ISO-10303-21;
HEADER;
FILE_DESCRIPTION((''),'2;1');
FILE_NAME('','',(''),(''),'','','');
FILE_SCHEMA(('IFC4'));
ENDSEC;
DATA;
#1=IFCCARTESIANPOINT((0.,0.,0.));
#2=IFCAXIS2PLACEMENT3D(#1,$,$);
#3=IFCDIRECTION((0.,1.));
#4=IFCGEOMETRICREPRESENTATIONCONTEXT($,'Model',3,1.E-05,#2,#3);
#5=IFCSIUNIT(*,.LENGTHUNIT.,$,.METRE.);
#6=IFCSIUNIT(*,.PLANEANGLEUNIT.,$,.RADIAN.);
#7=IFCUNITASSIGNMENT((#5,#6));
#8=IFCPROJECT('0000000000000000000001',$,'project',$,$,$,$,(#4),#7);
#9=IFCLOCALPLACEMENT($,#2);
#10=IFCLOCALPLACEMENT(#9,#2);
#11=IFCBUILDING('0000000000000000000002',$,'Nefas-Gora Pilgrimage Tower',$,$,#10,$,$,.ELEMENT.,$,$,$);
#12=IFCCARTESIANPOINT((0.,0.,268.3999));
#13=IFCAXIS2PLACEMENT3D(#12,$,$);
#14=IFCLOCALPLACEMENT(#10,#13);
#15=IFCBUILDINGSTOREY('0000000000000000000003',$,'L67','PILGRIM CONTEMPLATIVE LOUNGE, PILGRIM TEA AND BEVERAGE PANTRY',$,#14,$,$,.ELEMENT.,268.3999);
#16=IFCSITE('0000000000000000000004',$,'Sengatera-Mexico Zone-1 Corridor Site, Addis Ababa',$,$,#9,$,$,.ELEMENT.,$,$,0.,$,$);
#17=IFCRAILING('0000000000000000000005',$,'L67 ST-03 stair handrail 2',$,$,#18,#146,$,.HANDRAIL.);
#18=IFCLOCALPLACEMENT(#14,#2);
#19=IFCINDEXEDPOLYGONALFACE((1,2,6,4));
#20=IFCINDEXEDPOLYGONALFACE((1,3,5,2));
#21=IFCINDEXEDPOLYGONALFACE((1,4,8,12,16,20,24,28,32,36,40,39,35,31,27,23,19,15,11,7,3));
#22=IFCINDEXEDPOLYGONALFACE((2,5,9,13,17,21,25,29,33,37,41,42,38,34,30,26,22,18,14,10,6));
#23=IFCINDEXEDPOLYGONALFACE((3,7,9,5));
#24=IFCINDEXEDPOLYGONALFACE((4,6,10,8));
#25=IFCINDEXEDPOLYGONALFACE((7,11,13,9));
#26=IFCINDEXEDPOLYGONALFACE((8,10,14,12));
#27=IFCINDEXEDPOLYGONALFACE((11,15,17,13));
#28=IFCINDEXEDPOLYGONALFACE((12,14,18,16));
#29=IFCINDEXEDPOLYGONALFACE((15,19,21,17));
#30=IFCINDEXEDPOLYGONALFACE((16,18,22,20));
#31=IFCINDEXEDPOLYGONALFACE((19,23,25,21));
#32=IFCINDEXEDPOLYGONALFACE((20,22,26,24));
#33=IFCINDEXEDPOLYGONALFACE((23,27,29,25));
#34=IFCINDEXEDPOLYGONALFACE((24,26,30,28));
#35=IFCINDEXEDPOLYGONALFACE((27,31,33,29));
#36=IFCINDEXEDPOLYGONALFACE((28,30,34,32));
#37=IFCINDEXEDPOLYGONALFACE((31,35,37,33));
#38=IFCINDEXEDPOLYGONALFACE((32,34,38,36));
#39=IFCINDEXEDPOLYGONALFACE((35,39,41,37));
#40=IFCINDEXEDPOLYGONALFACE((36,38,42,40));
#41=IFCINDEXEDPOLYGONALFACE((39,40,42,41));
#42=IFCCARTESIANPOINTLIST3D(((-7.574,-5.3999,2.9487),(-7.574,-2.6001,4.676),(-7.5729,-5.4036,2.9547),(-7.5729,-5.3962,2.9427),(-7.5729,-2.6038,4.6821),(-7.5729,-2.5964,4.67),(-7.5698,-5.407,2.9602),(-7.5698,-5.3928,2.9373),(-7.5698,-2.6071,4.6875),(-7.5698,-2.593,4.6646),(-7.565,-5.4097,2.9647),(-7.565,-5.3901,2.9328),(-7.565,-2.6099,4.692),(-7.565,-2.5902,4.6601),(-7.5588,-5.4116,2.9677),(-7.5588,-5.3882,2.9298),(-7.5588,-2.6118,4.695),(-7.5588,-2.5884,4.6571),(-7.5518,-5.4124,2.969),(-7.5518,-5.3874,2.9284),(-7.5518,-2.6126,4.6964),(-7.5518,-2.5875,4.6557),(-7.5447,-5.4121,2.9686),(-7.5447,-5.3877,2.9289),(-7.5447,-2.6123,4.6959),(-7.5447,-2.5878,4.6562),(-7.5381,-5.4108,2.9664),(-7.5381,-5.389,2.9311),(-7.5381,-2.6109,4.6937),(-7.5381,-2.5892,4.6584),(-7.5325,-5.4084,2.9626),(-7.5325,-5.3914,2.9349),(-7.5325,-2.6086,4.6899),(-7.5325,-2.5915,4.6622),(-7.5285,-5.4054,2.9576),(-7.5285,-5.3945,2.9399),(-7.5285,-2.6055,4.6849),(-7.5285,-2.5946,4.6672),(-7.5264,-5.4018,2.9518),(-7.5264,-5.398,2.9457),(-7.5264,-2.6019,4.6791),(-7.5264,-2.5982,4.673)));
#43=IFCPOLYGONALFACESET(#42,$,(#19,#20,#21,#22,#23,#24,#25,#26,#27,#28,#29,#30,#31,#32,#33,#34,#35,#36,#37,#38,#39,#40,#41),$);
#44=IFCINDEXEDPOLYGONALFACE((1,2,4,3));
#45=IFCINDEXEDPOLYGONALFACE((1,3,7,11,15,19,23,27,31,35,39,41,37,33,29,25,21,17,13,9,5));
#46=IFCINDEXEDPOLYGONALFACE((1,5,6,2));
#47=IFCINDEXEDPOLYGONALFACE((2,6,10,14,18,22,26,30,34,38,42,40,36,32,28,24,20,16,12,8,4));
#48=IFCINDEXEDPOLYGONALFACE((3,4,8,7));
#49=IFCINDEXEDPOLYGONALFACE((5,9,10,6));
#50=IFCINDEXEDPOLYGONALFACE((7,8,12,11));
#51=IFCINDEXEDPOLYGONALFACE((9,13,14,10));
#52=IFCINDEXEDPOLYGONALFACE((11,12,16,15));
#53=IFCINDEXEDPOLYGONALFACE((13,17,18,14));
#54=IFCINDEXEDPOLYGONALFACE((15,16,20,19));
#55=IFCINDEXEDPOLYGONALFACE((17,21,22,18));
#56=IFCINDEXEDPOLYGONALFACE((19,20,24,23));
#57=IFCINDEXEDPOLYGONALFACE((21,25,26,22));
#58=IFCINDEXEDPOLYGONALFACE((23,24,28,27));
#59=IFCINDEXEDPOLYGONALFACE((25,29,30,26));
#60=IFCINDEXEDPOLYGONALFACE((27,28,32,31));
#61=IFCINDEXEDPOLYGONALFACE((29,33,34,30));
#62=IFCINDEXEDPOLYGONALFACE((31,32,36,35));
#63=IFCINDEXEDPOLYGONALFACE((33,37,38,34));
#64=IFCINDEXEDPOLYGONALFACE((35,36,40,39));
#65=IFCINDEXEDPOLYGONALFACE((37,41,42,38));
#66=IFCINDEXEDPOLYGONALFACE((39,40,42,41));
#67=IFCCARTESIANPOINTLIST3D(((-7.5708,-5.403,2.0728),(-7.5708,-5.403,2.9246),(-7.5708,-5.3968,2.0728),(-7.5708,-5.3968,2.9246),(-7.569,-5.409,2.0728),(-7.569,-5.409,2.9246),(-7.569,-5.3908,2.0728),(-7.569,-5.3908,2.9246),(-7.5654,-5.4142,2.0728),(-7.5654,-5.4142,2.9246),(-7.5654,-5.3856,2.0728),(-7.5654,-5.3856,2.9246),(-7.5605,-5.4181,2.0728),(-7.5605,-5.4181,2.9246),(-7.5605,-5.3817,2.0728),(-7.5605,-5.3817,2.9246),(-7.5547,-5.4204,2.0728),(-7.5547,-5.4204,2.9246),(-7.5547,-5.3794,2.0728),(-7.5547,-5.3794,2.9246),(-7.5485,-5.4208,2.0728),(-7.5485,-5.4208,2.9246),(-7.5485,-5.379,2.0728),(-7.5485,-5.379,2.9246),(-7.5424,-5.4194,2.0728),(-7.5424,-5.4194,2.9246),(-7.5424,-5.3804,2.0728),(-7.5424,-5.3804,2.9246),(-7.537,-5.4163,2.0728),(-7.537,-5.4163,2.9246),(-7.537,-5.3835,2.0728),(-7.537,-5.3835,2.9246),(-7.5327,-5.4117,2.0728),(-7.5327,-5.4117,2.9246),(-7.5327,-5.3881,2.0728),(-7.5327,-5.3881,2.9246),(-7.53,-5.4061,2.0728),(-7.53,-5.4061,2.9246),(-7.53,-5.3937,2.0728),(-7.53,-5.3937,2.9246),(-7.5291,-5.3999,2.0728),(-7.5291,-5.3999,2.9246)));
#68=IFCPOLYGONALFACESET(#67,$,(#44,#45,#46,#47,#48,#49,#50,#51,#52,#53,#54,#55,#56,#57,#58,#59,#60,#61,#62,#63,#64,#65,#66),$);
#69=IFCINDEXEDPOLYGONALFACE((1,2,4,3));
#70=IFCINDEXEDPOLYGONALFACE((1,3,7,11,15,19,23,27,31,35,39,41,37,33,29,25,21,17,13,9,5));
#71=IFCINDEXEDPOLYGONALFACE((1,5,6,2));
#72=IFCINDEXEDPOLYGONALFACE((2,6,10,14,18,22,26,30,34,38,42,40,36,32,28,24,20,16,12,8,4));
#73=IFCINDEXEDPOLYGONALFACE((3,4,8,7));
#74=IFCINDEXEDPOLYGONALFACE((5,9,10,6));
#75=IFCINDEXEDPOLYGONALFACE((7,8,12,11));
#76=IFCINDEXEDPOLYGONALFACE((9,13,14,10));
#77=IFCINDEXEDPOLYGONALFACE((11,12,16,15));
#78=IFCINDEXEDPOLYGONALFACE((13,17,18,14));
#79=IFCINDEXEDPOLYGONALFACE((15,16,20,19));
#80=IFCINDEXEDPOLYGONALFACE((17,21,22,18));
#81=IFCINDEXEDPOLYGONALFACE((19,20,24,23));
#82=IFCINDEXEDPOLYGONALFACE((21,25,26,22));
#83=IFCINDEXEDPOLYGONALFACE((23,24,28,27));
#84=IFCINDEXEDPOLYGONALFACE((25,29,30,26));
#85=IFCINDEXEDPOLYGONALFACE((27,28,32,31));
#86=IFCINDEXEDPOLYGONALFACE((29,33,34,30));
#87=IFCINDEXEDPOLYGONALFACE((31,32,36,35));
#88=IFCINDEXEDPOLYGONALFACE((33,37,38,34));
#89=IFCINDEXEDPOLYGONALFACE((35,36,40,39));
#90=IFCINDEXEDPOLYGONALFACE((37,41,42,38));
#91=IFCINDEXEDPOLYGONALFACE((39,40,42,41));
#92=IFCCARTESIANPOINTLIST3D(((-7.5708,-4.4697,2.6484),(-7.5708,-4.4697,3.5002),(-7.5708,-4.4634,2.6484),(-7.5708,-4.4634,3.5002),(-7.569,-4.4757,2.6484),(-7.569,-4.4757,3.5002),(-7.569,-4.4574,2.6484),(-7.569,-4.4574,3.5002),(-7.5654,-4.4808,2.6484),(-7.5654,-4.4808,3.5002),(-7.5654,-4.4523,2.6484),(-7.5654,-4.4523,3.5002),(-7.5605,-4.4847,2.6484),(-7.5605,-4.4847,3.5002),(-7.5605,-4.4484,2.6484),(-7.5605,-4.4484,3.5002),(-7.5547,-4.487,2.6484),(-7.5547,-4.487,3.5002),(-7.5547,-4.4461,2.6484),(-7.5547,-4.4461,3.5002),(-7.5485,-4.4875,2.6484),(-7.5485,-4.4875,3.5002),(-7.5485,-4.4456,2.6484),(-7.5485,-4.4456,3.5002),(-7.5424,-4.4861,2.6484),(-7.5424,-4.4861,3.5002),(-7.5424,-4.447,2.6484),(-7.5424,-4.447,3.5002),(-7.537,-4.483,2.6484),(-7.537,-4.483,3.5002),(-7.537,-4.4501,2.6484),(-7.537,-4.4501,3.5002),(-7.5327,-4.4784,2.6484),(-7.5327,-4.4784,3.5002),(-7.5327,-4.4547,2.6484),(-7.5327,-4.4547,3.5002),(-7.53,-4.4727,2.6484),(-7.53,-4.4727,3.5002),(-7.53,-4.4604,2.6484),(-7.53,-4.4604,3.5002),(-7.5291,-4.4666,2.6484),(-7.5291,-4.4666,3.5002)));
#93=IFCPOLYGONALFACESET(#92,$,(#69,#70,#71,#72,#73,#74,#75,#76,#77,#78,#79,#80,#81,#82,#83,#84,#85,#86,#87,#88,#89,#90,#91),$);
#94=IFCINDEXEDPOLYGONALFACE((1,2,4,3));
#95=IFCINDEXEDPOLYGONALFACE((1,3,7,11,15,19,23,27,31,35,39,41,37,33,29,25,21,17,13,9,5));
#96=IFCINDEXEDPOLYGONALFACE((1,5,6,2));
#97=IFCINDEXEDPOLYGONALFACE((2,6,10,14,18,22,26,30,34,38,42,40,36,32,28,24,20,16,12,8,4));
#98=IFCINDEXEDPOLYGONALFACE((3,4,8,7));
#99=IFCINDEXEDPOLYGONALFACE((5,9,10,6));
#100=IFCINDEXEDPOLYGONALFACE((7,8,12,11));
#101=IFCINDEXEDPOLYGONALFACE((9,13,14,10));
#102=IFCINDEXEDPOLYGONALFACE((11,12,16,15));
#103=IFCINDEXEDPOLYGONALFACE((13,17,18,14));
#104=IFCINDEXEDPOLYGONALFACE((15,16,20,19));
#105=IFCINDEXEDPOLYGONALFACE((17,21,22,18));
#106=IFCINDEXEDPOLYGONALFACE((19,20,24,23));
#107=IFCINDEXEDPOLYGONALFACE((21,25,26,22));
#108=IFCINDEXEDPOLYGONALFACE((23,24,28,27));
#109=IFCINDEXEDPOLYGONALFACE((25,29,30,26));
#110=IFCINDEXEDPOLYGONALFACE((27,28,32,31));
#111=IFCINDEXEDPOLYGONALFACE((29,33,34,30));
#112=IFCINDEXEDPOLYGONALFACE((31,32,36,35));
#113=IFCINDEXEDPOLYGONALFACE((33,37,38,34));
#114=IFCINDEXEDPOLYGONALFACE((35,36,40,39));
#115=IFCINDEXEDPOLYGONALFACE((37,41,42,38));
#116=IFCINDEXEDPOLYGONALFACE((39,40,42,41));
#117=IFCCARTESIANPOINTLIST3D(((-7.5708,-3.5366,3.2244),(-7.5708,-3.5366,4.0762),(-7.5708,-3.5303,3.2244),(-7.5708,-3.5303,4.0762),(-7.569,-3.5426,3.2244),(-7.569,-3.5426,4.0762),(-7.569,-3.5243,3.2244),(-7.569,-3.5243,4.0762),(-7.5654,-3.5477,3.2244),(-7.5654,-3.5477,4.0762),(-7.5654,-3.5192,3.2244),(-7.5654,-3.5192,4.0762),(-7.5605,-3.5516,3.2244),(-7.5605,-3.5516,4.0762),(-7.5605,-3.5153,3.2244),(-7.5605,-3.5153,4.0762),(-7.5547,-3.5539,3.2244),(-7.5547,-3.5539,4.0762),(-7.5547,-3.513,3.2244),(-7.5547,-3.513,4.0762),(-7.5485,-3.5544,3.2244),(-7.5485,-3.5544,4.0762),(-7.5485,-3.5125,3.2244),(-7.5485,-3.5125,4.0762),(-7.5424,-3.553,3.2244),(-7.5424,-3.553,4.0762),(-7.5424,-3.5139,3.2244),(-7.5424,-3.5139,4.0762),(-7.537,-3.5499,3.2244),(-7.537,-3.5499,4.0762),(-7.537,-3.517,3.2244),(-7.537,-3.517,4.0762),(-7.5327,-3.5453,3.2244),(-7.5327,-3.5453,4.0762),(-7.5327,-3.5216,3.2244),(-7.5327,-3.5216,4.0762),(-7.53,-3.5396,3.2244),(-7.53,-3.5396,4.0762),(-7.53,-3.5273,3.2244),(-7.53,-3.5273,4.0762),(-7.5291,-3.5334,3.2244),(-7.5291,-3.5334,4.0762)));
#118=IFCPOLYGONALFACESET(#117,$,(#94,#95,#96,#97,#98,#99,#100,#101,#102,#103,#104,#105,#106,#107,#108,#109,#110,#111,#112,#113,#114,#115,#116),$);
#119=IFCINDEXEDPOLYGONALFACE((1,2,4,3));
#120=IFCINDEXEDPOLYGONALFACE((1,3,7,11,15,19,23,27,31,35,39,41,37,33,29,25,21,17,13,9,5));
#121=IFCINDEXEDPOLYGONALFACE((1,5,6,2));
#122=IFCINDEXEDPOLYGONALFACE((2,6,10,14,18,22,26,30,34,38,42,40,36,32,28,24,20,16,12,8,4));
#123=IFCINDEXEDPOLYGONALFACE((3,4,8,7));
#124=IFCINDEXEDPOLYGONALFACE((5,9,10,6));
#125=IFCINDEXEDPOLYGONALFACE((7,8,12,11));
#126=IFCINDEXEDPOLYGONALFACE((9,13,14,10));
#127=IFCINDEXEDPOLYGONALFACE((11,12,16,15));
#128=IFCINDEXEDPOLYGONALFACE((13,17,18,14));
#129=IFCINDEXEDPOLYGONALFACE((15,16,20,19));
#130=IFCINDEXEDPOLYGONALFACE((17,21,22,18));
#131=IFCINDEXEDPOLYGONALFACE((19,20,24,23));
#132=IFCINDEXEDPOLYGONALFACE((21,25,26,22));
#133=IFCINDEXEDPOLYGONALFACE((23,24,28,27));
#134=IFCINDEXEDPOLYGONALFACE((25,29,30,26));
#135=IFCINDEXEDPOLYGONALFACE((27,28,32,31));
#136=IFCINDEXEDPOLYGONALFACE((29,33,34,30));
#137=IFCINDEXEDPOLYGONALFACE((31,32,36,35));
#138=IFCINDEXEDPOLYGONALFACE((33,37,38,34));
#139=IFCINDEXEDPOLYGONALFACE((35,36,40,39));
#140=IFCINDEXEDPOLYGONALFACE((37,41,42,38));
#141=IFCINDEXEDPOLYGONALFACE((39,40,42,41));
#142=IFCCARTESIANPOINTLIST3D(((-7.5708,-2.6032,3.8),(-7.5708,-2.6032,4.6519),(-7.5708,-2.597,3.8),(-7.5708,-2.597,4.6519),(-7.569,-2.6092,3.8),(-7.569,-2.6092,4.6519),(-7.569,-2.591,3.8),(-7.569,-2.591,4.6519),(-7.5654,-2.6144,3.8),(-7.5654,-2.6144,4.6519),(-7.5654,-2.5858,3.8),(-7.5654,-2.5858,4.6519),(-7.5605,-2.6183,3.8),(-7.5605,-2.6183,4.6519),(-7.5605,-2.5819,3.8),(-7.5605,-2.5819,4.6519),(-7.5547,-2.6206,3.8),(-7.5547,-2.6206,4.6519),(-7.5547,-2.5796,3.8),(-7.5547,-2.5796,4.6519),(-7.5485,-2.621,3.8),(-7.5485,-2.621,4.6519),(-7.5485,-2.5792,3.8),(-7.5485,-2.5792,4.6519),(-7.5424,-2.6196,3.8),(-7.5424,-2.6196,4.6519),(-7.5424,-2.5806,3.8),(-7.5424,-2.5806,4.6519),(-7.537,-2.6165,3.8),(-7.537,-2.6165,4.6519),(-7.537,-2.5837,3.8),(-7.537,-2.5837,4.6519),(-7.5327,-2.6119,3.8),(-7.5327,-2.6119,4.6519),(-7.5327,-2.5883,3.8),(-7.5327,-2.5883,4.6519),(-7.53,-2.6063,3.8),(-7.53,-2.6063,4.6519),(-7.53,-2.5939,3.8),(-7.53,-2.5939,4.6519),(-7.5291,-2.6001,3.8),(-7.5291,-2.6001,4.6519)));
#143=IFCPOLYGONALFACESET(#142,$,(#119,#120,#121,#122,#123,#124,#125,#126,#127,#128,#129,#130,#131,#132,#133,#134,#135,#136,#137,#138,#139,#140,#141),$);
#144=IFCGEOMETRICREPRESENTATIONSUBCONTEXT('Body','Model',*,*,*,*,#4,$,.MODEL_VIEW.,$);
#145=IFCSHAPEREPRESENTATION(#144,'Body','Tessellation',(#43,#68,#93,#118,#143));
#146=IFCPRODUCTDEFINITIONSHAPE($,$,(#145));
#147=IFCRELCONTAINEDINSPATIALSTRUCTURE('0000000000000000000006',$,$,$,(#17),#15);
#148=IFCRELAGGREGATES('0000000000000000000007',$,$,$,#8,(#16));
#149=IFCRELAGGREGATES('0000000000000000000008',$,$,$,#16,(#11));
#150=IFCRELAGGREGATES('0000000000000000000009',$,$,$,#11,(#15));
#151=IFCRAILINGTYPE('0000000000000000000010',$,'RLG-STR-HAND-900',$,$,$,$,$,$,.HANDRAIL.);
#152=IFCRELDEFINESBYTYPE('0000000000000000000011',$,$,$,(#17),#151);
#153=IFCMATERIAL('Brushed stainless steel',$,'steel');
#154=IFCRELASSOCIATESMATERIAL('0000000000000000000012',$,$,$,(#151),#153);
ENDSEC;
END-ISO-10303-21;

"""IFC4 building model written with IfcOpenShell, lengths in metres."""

from ifc_helpers import new_model, si_unit, direction, frame, origin, origin_2d, place, context, subcontext, project, spatial, circle, extrude, material, type_object, element, save


model = new_model("IFC4")

# Units and contexts
model_context = context("Model", 3, precision=1e-05, world=origin(), true_north=direction((0.0, 1.0)))
body_context = subcontext(model_context, "Body", "Model", "MODEL_VIEW")
ifc_project = project(units=[si_unit("LENGTHUNIT", "METRE"), si_unit("PLANEANGLEUNIT", "RADIAN")], contexts=[model_context])

# Site, building, storey
site_placement = place(None, origin())
site = spatial("IfcSite", under=ifc_project, at=site_placement, Name="Sengatera-Mexico Zone-1 Corridor Site, Addis Ababa", CompositionType="ELEMENT", RefElevation=0.0)
building_placement = place(site_placement, origin())
building = spatial("IfcBuilding", under=site, at=building_placement, Name="Nefas-Gora Pilgrimage Tower", CompositionType="ELEMENT")
storey_placement = place(building_placement, frame((0.0, 0.0, 268.3999)))
storey = spatial("IfcBuildingStorey", under=building, at=storey_placement, Name="L67", Description="PILGRIM CONTEMPLATIVE LOUNGE, PILGRIM TEA AND BEVERAGE PANTRY", CompositionType="ELEMENT", Elevation=268.3999)

# Railing
ifc_material_1 = material(Name="Brushed stainless steel", Category="steel")
railing_type_1 = type_object("IfcRailingType", Name="RLG-STR-HAND-900", PredefinedType="HANDRAIL", material=ifc_material_1)
railing_1_placement = place(storey_placement, frame((-7.55, -5.3999, 2.0728)))
element("IfcRailing", 1, at=railing_1_placement, inside=storey, type_object=railing_type_1, Name="L67 ST-03 stair handrail 2", PredefinedType="HANDRAIL", context=body_context, shape_type="SweptSolid", body=[
    extrude(circle(Radius=0.0239, at=origin_2d()), frame((0.0, 0.0, 0.876), z_axis=(0.0, 0.851069, 0.525054), x_axis=(-1.0, 0.0, 0.0)), (0.0, 0.0, 1.0), 3.2898),
    extrude(circle(Radius=0.021, at=origin_2d()), origin(), (0.0, 0.0, 1.0), 0.8518),
    extrude(circle(Radius=0.021, at=origin_2d()), frame((0.0, 0.9333, 0.5757)), (0.0, 0.0, 1.0), 0.8518),
    extrude(circle(Radius=0.021, at=origin_2d()), frame((0.0, 1.8665, 1.1516)), (0.0, 0.0, 1.0), 0.8518),
    extrude(circle(Radius=0.021, at=origin_2d()), frame((0.0, 2.7998, 1.7273)), (0.0, 0.0, 1.0), 0.8518),
])

save(model, "model.ifc")
